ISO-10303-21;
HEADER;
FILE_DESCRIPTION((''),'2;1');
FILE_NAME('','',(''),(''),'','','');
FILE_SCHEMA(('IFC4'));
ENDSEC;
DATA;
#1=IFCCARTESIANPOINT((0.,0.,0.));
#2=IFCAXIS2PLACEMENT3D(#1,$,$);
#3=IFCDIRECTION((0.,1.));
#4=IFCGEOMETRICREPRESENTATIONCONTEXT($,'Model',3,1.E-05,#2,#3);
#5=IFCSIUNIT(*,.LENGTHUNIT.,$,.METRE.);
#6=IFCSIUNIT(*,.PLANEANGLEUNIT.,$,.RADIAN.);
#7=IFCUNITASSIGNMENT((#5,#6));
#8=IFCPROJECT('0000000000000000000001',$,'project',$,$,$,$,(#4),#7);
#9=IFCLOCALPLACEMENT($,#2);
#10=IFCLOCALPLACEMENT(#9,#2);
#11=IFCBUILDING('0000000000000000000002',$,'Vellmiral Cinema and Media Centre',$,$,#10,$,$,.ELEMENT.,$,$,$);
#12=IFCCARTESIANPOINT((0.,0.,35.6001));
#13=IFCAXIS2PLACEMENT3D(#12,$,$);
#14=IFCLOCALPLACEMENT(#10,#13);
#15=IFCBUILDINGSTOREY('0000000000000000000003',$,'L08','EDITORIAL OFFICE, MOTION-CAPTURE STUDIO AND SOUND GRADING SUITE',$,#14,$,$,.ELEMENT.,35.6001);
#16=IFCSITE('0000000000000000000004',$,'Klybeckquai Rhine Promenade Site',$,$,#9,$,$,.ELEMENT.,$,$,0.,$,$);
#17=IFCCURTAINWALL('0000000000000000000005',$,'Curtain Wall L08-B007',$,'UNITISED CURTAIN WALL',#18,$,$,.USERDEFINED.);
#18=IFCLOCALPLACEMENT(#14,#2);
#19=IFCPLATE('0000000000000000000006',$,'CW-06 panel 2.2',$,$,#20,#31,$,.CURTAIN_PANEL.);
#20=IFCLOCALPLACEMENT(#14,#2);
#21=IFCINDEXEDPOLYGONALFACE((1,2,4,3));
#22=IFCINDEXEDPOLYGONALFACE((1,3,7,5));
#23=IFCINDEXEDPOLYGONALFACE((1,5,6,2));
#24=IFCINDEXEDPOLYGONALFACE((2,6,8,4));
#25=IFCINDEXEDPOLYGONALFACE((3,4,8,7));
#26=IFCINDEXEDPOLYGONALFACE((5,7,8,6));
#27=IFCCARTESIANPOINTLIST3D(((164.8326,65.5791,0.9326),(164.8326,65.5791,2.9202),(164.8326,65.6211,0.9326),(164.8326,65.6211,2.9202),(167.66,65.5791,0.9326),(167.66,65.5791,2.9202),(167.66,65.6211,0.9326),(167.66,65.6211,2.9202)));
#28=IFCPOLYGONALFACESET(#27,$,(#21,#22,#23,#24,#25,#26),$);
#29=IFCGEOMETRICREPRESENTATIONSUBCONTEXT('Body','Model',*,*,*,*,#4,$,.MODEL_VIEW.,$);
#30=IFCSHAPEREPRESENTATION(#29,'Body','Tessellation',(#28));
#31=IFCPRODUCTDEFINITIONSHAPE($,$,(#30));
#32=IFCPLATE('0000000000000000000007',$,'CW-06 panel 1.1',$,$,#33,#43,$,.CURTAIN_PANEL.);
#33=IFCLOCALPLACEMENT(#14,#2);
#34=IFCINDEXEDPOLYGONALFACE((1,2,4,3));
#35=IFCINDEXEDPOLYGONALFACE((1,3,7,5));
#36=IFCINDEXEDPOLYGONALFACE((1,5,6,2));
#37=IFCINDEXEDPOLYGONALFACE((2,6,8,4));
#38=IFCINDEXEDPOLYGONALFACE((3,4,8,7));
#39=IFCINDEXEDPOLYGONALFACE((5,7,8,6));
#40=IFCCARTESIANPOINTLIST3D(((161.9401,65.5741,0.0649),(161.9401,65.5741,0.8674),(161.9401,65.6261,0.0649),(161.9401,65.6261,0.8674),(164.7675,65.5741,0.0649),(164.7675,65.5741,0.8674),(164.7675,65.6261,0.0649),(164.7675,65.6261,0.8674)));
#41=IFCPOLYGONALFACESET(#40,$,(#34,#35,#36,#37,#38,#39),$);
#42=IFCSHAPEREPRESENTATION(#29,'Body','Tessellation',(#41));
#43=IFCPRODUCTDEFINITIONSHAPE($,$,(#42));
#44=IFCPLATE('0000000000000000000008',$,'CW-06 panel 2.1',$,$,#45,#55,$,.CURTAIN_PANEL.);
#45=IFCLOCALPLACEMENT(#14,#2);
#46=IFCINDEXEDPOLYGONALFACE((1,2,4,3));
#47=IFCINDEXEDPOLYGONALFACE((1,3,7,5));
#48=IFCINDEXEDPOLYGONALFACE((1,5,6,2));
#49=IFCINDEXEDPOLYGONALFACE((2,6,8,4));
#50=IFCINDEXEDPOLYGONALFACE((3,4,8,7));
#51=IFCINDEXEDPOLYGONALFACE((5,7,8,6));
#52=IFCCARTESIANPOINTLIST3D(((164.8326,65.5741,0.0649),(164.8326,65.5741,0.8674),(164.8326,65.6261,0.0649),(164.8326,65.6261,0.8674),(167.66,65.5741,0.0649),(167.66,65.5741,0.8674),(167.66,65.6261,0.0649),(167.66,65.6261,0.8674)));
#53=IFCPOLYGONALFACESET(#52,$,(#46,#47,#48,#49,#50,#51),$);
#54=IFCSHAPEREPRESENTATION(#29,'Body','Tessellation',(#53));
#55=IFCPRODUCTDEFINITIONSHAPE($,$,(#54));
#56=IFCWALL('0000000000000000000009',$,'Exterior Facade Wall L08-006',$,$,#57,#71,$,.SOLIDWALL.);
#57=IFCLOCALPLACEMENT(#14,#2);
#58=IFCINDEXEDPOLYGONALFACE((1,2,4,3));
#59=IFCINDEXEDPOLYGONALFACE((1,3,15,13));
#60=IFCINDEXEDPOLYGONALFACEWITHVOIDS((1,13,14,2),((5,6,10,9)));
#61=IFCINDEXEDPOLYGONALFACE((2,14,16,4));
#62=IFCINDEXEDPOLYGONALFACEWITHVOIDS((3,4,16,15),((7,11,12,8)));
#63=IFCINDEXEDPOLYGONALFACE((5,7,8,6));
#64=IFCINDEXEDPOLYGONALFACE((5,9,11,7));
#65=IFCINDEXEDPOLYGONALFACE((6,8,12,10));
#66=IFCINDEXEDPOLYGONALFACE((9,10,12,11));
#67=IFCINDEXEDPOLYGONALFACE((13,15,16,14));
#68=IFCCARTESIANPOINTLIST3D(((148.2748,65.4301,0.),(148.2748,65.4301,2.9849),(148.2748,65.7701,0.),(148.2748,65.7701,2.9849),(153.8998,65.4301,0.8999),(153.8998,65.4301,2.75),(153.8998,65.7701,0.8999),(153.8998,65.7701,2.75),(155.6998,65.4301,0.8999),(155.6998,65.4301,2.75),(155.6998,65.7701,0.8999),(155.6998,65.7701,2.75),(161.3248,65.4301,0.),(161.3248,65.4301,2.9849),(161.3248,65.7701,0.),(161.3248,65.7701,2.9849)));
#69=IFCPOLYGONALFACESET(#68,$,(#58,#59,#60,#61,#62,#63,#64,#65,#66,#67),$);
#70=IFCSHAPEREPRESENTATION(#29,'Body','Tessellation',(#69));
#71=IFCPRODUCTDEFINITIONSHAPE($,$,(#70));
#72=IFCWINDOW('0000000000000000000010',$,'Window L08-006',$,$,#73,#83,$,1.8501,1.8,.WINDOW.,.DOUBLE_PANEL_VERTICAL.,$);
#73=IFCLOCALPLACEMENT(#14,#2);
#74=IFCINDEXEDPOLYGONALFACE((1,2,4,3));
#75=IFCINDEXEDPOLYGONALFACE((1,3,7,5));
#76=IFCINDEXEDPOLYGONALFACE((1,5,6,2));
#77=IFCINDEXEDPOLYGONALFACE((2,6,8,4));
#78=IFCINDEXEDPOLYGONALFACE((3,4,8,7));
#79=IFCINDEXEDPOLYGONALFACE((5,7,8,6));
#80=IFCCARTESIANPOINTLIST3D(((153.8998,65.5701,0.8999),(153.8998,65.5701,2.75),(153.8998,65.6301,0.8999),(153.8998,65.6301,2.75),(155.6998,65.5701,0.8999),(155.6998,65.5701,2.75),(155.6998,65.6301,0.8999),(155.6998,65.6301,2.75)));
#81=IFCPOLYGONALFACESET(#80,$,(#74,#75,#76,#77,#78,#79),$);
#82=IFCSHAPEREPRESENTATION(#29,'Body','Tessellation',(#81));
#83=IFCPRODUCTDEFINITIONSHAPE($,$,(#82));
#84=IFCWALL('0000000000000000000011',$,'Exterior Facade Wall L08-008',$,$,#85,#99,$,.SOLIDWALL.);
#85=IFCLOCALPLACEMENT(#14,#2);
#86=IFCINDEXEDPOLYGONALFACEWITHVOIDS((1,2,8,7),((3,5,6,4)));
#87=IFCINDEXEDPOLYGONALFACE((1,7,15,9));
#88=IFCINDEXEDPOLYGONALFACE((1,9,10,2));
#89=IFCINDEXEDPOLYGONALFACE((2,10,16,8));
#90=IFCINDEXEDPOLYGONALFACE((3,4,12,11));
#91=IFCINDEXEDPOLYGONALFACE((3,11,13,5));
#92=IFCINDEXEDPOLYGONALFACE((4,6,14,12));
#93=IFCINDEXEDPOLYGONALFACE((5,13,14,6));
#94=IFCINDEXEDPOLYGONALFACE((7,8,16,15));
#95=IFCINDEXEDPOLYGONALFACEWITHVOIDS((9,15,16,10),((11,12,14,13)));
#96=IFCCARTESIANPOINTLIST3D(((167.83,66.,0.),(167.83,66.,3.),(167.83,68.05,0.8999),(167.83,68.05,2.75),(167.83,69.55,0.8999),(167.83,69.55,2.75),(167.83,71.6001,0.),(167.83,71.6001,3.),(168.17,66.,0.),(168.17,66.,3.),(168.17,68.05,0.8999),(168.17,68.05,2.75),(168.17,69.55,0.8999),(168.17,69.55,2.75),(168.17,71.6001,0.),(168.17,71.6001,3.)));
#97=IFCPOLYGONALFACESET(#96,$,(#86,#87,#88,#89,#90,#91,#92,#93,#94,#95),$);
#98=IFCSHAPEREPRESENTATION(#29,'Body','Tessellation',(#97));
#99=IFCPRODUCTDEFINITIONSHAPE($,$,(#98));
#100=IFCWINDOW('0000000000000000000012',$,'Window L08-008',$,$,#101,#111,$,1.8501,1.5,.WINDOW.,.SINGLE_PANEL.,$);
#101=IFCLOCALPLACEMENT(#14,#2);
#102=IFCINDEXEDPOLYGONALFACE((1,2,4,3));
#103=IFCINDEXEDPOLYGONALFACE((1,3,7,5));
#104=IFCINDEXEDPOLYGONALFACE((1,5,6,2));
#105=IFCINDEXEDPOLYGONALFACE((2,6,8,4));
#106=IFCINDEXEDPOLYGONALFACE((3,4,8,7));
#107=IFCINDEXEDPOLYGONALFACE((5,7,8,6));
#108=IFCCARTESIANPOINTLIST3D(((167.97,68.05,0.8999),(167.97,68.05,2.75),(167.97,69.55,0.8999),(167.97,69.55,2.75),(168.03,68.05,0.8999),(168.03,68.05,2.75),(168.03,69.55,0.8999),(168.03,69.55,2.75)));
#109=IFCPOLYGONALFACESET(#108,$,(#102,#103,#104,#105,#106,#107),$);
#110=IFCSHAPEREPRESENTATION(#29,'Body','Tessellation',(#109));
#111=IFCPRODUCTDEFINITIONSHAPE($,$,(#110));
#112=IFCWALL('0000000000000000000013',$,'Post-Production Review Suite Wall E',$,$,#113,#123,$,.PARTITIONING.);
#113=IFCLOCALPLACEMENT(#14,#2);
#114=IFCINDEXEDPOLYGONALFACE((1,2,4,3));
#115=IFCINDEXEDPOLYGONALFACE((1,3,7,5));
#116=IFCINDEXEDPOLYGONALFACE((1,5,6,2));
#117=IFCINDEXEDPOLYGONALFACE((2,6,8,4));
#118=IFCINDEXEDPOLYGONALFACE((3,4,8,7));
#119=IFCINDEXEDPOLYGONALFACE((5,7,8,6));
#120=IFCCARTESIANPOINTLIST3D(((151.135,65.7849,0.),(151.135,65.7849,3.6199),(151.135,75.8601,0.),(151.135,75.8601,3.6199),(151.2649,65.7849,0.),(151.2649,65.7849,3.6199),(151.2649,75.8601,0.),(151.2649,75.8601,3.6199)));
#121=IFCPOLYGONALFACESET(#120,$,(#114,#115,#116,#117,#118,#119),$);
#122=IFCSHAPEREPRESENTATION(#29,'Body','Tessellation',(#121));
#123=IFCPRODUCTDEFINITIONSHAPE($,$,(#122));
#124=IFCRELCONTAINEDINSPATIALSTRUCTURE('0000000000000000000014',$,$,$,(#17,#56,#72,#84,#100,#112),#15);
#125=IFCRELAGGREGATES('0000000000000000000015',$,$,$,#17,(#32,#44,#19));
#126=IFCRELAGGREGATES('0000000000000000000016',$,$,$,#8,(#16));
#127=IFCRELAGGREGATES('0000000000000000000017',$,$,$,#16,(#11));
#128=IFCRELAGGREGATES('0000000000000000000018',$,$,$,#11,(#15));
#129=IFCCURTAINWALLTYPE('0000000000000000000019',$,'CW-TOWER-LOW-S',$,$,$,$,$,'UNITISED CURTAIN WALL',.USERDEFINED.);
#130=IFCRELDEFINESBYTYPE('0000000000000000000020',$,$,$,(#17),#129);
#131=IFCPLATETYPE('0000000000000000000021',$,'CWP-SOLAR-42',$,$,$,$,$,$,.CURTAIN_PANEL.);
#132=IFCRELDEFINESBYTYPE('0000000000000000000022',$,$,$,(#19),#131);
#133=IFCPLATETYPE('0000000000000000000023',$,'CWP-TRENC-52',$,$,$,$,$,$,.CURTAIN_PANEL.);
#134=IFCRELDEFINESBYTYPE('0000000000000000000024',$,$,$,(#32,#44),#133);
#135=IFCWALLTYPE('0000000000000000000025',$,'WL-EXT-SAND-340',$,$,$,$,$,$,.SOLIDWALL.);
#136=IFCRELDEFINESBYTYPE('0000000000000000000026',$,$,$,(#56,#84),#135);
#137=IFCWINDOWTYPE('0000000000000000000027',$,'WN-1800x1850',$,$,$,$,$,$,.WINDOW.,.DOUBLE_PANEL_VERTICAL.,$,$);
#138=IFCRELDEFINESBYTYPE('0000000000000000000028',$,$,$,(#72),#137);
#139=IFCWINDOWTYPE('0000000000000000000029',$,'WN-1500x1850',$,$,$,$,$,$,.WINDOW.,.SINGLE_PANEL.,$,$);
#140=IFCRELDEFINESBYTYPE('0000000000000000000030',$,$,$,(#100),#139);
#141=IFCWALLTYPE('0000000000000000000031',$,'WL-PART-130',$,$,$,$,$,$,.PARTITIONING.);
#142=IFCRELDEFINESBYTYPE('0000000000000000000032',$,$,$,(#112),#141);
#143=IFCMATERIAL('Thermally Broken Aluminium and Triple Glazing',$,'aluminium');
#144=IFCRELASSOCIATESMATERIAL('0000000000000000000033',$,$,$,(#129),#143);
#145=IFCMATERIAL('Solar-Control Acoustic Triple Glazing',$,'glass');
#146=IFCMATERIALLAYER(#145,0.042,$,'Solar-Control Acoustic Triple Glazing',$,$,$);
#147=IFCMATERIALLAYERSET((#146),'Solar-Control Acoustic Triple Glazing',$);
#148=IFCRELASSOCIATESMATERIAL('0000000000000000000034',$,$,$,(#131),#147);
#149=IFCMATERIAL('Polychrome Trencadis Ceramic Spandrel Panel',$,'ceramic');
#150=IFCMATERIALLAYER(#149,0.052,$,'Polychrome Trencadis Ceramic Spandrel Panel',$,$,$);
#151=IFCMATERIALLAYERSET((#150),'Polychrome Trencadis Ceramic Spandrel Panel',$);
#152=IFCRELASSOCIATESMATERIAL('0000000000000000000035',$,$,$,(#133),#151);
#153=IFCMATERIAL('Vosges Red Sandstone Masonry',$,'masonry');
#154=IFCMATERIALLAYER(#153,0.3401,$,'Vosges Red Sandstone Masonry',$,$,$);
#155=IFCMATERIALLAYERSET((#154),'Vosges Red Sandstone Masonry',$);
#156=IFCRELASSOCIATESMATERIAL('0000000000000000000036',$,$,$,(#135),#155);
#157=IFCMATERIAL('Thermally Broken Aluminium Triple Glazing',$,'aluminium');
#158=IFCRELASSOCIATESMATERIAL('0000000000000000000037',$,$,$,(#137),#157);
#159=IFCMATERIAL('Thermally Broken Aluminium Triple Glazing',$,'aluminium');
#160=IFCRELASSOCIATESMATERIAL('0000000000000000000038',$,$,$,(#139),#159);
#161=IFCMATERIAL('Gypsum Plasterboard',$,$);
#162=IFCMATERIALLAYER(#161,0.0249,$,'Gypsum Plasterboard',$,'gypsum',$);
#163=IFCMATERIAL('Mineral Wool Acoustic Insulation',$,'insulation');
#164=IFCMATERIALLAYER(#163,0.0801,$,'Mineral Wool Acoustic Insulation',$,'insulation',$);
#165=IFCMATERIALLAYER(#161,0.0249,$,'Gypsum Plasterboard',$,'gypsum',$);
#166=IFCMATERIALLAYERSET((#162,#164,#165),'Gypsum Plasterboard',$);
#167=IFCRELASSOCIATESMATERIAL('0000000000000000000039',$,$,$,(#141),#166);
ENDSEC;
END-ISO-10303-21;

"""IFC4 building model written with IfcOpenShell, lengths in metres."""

from ifc_helpers import new_model, si_unit, direction, frame, frame_2d, origin, origin_2d, place, context, subcontext, project, spatial, rectangle, extrude, material, layer, layer_set, type_object, element, fill, aggregate, save


model = new_model("IFC4")

# Units and contexts
model_context = context("Model", 3, precision=1e-05, world=origin(), true_north=direction((0.0, 1.0)))
body_context = subcontext(model_context, "Body", "Model", "MODEL_VIEW")
ifc_project = project(units=[si_unit("LENGTHUNIT", "METRE"), si_unit("PLANEANGLEUNIT", "RADIAN")], contexts=[model_context])

# Site, building, storey
site_placement = place(None, origin())
site = spatial("IfcSite", under=ifc_project, at=site_placement, Name="Klybeckquai Rhine Promenade Site", CompositionType="ELEMENT", RefElevation=0.0)
building_placement = place(site_placement, origin())
building = spatial("IfcBuilding", under=site, at=building_placement, Name="Vellmiral Cinema and Media Centre", CompositionType="ELEMENT")
storey_placement = place(building_placement, frame((0.0, 0.0, 35.6001)))
storey = spatial("IfcBuildingStorey", under=building, at=storey_placement, Name="L08", Description="EDITORIAL OFFICE, MOTION-CAPTURE STUDIO AND SOUND GRADING SUITE", CompositionType="ELEMENT", Elevation=35.6001)

# Curtain wall
ifc_material_1 = material(Name="Thermally Broken Aluminium and Triple Glazing", Category="aluminium")
curtain_wall_type = type_object("IfcCurtainWallType", Name="CW-TOWER-LOW-S", ElementType="UNITISED CURTAIN WALL", PredefinedType="USERDEFINED", material=ifc_material_1)
curtain_wall_placement = place(storey_placement, origin())
curtain_wall = element("IfcCurtainWall", 1, at=curtain_wall_placement, inside=storey, type_object=curtain_wall_type, Name="Curtain Wall L08-B007", ObjectType="UNITISED CURTAIN WALL", PredefinedType="USERDEFINED")

# Plates
ifc_material_2 = material(Name="Solar-Control Acoustic Triple Glazing", Category="glass")
ifc_layer_1 = layer(ifc_material_2, 0.042, Name="Solar-Control Acoustic Triple Glazing")
ifc_layer_set_1 = layer_set([ifc_layer_1], Name="Solar-Control Acoustic Triple Glazing")
plate_type_1 = type_object("IfcPlateType", Name="CWP-SOLAR-42", PredefinedType="CURTAIN_PANEL", material=ifc_layer_set_1)
plate_1_placement = place(storey_placement, frame((166.2463, 65.6001, 0.9326), z_axis=(0.0, 0.0, 1.0), x_axis=(1.0, 0.0, 0.0)))
plate_1 = element("IfcPlate", 2, at=plate_1_placement, type_object=plate_type_1, Name="CW-06 panel 2.2", PredefinedType="CURTAIN_PANEL", context=body_context, shape_type="SweptSolid", body=[
    extrude(rectangle(XDim=2.8274, YDim=0.042, at=origin_2d()), origin(), (0.0, 0.0, 1.0), 1.9875),
])
ifc_material_3 = material(Name="Polychrome Trencadis Ceramic Spandrel Panel", Category="ceramic")
ifc_layer_2 = layer(ifc_material_3, 0.052, Name="Polychrome Trencadis Ceramic Spandrel Panel")
ifc_layer_set_2 = layer_set([ifc_layer_2], Name="Polychrome Trencadis Ceramic Spandrel Panel")
plate_type_2 = type_object("IfcPlateType", Name="CWP-TRENC-52", PredefinedType="CURTAIN_PANEL", material=ifc_layer_set_2)
plate_2_placement = place(storey_placement, frame((163.3538, 65.6001, 0.0649), z_axis=(0.0, 0.0, 1.0), x_axis=(1.0, 0.0, 0.0)))
plate_2 = element("IfcPlate", 3, at=plate_2_placement, type_object=plate_type_2, Name="CW-06 panel 1.1", PredefinedType="CURTAIN_PANEL", context=body_context, shape_type="SweptSolid", body=[
    extrude(rectangle(XDim=2.8274, YDim=0.052, at=origin_2d()), origin(), (0.0, 0.0, 1.0), 0.8025),
])
plate_3_placement = place(storey_placement, frame((166.2463, 65.6001, 0.0649), z_axis=(0.0, 0.0, 1.0), x_axis=(1.0, 0.0, 0.0)))
plate_3 = element("IfcPlate", 4, at=plate_3_placement, type_object=plate_type_2, Name="CW-06 panel 2.1", PredefinedType="CURTAIN_PANEL", context=body_context, shape_type="SweptSolid", body=[
    extrude(rectangle(XDim=2.8274, YDim=0.052, at=origin_2d()), origin(), (0.0, 0.0, 1.0), 0.8025),
])
aggregate(curtain_wall, [plate_2, plate_3, plate_1])

# Walls, openings, windows
ifc_material_4 = material(Name="Vosges Red Sandstone Masonry", Category="masonry")
ifc_layer_3 = layer(ifc_material_4, 0.3401, Name="Vosges Red Sandstone Masonry")
ifc_layer_set_3 = layer_set([ifc_layer_3], Name="Vosges Red Sandstone Masonry")
wall_type_1 = type_object("IfcWallType", Name="WL-EXT-SAND-340", PredefinedType="SOLIDWALL", material=ifc_layer_set_3)
wall_1_placement = place(storey_placement, frame((148.2749, 65.6001, 0.0), z_axis=(0.0, 0.0, 1.0), x_axis=(1.0, 0.0, 0.0)))
wall_1 = element("IfcWall", 5, at=wall_1_placement, inside=storey, type_object=wall_type_1, Name="Exterior Facade Wall L08-006", PredefinedType="SOLIDWALL", context=body_context, shape_type="SweptSolid", body=[
    extrude(rectangle(XDim=13.05, YDim=0.3401, at=frame_2d((6.5249, 0.0))), origin(), (0.0, 0.0, 1.0), 2.9849),
])
opening_1_placement = place(wall_1_placement, frame((5.625, 0.0, 0.8999)))
opening_1 = element("IfcOpeningElement", 6, at=opening_1_placement, cuts=wall_1, PredefinedType="OPENING", context=body_context, shape_type="SweptSolid", body=[
    extrude(rectangle(XDim=1.8, YDim=1.8501, at=frame_2d((0.8999, 0.925))), frame((0.0, 0.1821, 0.0), z_axis=(0.0, -1.0, 0.0), x_axis=(1.0, 0.0, 0.0)), (0.0, 0.0, 1.0), 0.364),
])
ifc_material_5 = material(Name="Thermally Broken Aluminium Triple Glazing", Category="aluminium")
window_type_1 = type_object("IfcWindowType", Name="WN-1800x1850", PartitioningType="DOUBLE_PANEL_VERTICAL", PredefinedType="WINDOW", material=ifc_material_5)
window_1_placement = place(opening_1_placement, origin())
window_1 = element("IfcWindow", 7, at=window_1_placement, inside=storey, type_object=window_type_1, Name="Window L08-006", OverallHeight=1.8501, OverallWidth=1.8, PartitioningType="DOUBLE_PANEL_VERTICAL", PredefinedType="WINDOW", context=body_context, shape_type="SweptSolid", body=[
    extrude(rectangle(XDim=1.8, YDim=1.8501, at=frame_2d((0.8999, 0.925))), frame((0.0, 0.03, 0.0), z_axis=(0.0, -1.0, 0.0), x_axis=(1.0, 0.0, 0.0)), (0.0, 0.0, 1.0), 0.0601),
])
fill(opening_1, window_1)
wall_2_placement = place(storey_placement, frame((168.0, 66.0, 0.0), z_axis=(0.0, 0.0, 1.0), x_axis=(0.0, 1.0, 0.0)))
wall_2 = element("IfcWall", 8, at=wall_2_placement, inside=storey, type_object=wall_type_1, Name="Exterior Facade Wall L08-008", PredefinedType="SOLIDWALL", context=body_context, shape_type="SweptSolid", body=[
    extrude(rectangle(XDim=5.6001, YDim=0.3401, at=frame_2d((2.8, 0.0))), origin(), (0.0, 0.0, 1.0), 3.0),
])
opening_2_placement = place(wall_2_placement, frame((2.05, 0.0, 0.8999)))
opening_2 = element("IfcOpeningElement", 9, at=opening_2_placement, cuts=wall_2, PredefinedType="OPENING", context=body_context, shape_type="SweptSolid", body=[
    extrude(rectangle(XDim=1.5, YDim=1.8501, at=frame_2d((0.75, 0.925))), frame((0.0, 0.1821, 0.0), z_axis=(0.0, -1.0, 0.0), x_axis=(1.0, 0.0, 0.0)), (0.0, 0.0, 1.0), 0.364),
])
ifc_material_6 = material(Name="Thermally Broken Aluminium Triple Glazing", Category="aluminium")
window_type_2 = type_object("IfcWindowType", Name="WN-1500x1850", PartitioningType="SINGLE_PANEL", PredefinedType="WINDOW", material=ifc_material_6)
window_2_placement = place(opening_2_placement, origin())
window_2 = element("IfcWindow", 10, at=window_2_placement, inside=storey, type_object=window_type_2, Name="Window L08-008", OverallHeight=1.8501, OverallWidth=1.5, PartitioningType="SINGLE_PANEL", PredefinedType="WINDOW", context=body_context, shape_type="SweptSolid", body=[
    extrude(rectangle(XDim=1.5, YDim=1.8501, at=frame_2d((0.75, 0.925))), frame((0.0, 0.03, 0.0), z_axis=(0.0, -1.0, 0.0), x_axis=(1.0, 0.0, 0.0)), (0.0, 0.0, 1.0), 0.0601),
])
fill(opening_2, window_2)

# Wall
ifc_material_7 = material(Name="Gypsum Plasterboard")
ifc_layer_4 = layer(ifc_material_7, 0.0249, Name="Gypsum Plasterboard", Category="gypsum")
ifc_material_8 = material(Name="Mineral Wool Acoustic Insulation", Category="insulation")
ifc_layer_5 = layer(ifc_material_8, 0.0801, Name="Mineral Wool Acoustic Insulation", Category="insulation")
ifc_layer_6 = layer(ifc_material_7, 0.0249, Name="Gypsum Plasterboard", Category="gypsum")
ifc_layer_set_4 = layer_set([ifc_layer_4, ifc_layer_5, ifc_layer_6], Name="Gypsum Plasterboard")
wall_type_2 = type_object("IfcWallType", Name="WL-PART-130", PredefinedType="PARTITIONING", material=ifc_layer_set_4)
wall_3_placement = place(storey_placement, frame((151.2, 65.7849, 0.0), z_axis=(0.0, 0.0, 1.0), x_axis=(0.0, 1.0, 0.0)))
element("IfcWall", 11, at=wall_3_placement, inside=storey, type_object=wall_type_2, Name="Post-Production Review Suite Wall E", PredefinedType="PARTITIONING", context=body_context, shape_type="SweptSolid", body=[
    extrude(rectangle(XDim=10.0752, YDim=0.1299, at=frame_2d((5.0376, 0.0))), origin(), (0.0, 0.0, 1.0), 3.6199),
])

save(model, "model.ifc")
